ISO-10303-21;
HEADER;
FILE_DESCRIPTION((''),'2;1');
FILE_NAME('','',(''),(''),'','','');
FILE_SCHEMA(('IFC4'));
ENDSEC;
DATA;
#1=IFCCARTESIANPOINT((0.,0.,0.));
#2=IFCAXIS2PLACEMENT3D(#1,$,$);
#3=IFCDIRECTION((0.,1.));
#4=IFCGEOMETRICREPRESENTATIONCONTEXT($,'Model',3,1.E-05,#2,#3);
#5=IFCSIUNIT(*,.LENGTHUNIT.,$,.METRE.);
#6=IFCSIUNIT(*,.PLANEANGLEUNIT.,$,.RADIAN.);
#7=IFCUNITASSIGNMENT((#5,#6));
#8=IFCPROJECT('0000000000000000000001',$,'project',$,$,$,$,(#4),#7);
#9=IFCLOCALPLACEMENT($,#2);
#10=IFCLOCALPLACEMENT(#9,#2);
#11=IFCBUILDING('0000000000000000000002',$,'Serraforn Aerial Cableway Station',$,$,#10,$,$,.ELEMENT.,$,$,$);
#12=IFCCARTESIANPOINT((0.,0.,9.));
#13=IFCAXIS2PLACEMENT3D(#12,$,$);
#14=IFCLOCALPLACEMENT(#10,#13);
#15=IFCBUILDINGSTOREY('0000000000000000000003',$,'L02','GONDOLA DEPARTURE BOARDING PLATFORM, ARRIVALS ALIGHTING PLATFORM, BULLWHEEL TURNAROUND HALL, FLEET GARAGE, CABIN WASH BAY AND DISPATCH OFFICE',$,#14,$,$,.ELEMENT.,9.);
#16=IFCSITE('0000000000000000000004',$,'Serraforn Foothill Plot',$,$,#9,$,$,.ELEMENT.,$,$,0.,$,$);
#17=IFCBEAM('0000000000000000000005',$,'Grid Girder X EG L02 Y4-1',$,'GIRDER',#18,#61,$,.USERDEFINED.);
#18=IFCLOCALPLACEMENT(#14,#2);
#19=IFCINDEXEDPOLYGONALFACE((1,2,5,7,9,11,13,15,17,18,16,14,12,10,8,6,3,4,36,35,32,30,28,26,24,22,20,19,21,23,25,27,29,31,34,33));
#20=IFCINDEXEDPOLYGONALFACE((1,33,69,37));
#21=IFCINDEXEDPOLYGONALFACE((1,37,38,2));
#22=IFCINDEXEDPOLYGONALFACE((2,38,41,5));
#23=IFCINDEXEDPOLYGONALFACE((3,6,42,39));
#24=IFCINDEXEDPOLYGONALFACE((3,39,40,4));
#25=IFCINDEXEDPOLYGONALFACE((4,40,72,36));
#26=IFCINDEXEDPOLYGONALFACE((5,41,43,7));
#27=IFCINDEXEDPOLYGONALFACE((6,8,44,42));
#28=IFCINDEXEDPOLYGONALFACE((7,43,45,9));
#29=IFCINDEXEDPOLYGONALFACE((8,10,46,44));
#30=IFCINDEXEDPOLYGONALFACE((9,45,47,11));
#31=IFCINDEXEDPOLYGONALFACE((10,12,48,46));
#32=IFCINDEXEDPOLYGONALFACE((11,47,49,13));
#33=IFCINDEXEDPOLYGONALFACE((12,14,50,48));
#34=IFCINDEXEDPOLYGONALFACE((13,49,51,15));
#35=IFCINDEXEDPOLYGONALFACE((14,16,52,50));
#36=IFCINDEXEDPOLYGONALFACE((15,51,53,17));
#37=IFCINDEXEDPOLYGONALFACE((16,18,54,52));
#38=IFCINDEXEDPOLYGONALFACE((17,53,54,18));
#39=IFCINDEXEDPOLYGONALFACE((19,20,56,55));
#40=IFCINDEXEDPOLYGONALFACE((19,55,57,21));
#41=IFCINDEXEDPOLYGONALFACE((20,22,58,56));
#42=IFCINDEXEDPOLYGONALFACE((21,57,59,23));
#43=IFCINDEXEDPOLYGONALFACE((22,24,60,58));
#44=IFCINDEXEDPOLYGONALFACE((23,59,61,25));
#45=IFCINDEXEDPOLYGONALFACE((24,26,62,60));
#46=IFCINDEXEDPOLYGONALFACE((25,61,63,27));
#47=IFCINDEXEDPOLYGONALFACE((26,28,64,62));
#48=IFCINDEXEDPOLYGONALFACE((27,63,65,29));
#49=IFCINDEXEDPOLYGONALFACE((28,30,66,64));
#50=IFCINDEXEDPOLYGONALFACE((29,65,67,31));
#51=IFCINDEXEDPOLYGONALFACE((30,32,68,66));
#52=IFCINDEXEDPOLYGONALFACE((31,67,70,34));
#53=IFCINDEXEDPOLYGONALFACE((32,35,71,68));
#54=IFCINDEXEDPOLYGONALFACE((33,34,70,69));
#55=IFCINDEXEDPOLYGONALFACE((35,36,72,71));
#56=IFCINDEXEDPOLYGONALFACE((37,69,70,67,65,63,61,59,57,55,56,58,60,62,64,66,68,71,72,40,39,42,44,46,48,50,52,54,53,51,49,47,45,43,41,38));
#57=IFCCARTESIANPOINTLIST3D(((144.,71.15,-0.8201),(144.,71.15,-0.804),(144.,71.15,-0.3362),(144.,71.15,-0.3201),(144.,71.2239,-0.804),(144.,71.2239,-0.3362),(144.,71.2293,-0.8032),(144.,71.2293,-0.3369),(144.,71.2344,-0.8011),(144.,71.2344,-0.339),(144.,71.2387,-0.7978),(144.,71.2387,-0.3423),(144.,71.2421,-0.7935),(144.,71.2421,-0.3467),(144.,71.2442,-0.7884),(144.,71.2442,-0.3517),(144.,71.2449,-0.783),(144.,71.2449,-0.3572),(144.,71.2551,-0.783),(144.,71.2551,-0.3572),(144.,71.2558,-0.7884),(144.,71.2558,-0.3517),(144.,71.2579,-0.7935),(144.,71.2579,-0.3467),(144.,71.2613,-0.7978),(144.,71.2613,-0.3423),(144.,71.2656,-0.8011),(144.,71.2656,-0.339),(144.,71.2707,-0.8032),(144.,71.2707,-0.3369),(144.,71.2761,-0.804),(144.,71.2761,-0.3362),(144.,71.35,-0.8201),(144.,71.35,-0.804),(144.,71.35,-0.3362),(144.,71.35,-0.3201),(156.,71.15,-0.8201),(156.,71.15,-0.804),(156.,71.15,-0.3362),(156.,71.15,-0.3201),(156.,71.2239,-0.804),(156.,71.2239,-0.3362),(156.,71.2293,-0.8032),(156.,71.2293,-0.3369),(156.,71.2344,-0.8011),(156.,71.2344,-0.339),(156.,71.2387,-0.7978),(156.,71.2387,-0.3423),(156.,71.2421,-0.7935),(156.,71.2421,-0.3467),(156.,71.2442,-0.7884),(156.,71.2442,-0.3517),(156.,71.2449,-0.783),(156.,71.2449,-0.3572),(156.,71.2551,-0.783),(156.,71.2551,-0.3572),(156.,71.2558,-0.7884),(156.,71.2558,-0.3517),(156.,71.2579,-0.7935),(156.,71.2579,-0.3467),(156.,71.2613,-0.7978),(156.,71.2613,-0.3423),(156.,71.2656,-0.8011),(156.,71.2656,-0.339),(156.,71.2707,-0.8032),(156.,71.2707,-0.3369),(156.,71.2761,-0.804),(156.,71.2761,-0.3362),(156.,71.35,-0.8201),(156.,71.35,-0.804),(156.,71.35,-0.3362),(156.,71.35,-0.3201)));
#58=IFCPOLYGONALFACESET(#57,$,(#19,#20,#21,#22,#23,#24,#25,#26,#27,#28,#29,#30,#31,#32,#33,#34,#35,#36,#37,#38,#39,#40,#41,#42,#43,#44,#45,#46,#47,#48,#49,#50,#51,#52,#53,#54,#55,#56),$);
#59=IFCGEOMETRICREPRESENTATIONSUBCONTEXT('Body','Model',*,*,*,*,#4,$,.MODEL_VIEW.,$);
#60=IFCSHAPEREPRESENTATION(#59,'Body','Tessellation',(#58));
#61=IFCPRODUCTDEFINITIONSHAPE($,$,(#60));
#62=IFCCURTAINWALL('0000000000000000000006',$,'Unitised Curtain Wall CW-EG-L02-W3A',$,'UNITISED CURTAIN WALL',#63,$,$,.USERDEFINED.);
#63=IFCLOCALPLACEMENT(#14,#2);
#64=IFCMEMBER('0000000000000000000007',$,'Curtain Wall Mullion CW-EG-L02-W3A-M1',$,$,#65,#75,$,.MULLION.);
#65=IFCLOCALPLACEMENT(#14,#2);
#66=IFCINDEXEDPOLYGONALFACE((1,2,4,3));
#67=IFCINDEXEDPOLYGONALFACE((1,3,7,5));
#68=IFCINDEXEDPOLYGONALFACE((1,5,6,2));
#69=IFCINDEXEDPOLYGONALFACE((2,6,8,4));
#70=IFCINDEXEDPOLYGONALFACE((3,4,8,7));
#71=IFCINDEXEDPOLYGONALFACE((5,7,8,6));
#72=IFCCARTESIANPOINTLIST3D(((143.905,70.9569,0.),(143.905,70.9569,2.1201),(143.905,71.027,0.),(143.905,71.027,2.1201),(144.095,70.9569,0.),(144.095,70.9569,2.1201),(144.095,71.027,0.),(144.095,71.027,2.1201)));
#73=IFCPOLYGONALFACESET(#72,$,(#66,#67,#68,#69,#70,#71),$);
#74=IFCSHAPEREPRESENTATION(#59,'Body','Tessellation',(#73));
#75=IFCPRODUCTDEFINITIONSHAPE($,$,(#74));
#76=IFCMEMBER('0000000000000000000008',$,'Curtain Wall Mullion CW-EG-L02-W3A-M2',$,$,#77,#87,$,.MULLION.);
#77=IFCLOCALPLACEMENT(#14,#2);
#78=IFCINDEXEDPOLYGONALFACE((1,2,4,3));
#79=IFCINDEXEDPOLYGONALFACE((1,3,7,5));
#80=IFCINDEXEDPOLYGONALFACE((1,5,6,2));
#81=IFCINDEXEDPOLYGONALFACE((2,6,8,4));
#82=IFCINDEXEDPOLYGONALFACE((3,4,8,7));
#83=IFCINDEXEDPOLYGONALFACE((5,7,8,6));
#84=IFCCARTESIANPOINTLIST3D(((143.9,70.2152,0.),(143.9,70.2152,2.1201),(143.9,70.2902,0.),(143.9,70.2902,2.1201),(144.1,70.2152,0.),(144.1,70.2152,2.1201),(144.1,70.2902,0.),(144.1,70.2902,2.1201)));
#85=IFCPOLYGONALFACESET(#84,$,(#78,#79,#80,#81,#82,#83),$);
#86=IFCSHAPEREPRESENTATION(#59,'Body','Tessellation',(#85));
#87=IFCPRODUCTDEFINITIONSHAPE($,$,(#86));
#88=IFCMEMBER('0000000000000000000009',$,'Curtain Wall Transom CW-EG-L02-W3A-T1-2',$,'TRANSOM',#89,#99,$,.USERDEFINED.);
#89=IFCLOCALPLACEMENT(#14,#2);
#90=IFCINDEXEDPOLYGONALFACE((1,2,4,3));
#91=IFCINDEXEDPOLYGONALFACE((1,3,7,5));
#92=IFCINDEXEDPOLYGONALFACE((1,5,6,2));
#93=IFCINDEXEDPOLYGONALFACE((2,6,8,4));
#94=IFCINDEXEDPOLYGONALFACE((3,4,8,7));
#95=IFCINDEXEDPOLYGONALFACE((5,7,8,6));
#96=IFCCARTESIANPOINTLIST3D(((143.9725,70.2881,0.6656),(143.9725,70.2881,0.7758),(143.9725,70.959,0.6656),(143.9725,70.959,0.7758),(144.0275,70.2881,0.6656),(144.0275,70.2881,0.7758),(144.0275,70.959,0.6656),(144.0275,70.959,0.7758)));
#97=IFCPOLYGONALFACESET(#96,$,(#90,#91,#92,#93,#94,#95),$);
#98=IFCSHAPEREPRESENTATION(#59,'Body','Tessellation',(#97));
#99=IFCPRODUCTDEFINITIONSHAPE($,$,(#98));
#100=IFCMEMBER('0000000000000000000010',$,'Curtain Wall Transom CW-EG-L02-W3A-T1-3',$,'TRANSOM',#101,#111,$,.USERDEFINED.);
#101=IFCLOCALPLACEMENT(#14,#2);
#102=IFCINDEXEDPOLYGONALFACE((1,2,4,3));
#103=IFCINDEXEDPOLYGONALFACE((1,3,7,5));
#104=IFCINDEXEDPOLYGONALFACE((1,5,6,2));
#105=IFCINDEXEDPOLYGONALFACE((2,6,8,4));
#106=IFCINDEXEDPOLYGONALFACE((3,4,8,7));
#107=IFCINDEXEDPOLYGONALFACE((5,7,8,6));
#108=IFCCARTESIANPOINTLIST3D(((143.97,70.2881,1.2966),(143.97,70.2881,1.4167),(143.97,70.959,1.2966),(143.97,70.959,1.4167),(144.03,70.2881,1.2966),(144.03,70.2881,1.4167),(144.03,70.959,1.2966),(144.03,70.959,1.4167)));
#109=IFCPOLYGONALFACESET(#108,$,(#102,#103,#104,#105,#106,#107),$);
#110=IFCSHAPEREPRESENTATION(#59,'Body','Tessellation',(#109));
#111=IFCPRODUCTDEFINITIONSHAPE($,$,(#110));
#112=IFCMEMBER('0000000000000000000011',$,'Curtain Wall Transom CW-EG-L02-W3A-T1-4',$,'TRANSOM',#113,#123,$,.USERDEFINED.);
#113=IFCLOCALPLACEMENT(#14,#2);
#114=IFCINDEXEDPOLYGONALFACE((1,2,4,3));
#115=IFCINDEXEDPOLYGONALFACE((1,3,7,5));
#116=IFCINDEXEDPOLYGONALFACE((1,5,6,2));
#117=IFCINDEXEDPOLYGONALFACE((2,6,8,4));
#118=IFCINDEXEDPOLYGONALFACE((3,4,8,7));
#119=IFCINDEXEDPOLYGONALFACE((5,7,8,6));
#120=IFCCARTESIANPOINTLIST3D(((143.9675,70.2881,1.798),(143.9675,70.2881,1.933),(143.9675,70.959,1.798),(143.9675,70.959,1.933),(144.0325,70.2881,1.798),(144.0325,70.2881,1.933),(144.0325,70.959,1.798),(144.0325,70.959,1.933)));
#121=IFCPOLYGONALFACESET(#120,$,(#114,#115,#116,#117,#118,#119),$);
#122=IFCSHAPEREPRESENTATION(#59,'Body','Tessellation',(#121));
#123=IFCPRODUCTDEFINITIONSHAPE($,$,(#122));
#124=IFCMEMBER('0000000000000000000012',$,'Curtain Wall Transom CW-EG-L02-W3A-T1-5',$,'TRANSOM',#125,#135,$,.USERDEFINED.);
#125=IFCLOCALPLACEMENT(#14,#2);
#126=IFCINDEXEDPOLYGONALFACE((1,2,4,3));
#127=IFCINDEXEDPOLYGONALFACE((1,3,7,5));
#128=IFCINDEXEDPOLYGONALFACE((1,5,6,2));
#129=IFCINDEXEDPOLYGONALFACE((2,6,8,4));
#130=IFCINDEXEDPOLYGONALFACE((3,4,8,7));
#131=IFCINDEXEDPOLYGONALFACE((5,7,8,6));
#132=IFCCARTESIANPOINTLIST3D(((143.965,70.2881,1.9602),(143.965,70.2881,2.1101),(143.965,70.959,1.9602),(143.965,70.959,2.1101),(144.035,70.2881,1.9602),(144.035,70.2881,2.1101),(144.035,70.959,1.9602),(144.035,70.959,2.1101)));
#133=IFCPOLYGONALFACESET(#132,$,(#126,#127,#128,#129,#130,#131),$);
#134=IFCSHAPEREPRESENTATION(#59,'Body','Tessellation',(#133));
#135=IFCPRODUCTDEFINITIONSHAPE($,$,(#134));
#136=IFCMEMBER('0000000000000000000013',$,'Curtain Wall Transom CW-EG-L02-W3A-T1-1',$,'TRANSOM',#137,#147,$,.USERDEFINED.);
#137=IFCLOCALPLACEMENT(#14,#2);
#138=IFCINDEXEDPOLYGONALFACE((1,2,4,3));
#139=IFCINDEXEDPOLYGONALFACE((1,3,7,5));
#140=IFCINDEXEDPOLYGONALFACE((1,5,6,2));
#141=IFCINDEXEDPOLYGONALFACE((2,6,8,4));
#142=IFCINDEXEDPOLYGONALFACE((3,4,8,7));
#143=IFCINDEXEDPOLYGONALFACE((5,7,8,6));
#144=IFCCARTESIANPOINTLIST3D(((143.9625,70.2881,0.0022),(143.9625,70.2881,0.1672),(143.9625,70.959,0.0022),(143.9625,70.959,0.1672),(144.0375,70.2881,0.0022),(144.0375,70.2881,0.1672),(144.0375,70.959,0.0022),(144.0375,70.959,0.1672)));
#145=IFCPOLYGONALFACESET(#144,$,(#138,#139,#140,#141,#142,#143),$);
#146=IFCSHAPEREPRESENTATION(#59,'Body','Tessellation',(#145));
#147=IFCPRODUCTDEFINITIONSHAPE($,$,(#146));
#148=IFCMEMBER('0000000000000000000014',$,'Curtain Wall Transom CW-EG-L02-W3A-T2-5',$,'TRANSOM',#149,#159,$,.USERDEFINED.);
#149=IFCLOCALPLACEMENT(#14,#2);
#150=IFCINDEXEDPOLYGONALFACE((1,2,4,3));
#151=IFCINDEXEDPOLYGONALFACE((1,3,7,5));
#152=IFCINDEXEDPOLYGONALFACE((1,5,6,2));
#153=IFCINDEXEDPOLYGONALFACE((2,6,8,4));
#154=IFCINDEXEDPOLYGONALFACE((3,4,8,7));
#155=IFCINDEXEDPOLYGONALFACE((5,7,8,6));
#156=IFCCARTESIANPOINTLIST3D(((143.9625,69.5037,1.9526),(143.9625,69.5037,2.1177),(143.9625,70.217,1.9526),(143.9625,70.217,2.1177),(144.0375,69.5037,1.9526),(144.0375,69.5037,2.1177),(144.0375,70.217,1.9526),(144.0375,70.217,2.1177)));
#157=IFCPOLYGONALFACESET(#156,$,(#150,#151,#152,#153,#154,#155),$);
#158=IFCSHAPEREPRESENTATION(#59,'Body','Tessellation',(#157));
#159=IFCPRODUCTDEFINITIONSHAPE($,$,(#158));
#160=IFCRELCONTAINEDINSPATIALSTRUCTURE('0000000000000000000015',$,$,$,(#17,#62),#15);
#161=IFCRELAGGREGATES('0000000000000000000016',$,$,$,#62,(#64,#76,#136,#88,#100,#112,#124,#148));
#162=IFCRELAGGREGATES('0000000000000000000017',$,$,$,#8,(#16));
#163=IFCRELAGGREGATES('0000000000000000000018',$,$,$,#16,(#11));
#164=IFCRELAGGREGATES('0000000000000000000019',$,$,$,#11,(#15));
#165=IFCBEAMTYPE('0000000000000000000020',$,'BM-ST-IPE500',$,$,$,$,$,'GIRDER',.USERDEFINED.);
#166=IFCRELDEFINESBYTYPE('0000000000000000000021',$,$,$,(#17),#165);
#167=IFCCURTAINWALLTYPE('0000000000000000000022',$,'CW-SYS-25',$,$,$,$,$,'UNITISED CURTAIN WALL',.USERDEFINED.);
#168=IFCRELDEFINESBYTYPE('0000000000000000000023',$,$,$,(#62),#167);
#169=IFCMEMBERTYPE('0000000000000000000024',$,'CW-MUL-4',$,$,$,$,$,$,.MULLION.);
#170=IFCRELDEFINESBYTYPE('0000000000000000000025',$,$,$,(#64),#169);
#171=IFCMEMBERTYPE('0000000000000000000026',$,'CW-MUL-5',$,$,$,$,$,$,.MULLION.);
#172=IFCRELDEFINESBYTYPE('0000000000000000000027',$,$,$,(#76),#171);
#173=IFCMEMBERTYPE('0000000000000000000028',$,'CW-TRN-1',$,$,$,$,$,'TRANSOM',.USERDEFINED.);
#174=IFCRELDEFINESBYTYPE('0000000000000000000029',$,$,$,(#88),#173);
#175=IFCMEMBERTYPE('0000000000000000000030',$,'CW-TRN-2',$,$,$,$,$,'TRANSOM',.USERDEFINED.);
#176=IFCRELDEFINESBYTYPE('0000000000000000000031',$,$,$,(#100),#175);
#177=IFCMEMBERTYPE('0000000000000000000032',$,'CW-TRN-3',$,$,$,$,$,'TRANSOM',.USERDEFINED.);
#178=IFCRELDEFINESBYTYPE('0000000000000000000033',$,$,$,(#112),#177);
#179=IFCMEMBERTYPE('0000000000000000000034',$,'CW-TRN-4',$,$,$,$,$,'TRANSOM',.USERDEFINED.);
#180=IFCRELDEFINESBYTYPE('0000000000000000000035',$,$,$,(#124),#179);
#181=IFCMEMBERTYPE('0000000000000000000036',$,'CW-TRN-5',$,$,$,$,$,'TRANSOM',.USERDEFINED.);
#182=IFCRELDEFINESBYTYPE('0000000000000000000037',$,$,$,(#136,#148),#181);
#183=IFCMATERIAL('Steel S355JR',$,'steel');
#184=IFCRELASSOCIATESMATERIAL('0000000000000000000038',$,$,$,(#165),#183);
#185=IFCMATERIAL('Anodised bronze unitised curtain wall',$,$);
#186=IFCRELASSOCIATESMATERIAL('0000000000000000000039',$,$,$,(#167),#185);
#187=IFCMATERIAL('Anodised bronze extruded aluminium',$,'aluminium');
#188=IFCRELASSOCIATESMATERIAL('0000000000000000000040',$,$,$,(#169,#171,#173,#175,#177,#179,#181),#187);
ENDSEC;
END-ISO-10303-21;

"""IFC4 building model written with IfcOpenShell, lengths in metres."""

from ifc_helpers import new_model, si_unit, direction, frame, origin, origin_2d, place, context, subcontext, project, spatial, rectangle, i_section, extrude, material, material_profile, profile_set, type_object, element, aggregate, save


model = new_model("IFC4")

# Units and contexts
model_context = context("Model", 3, precision=1e-05, world=origin(), true_north=direction((0.0, 1.0)))
body_context = subcontext(model_context, "Body", "Model", "MODEL_VIEW")
ifc_project = project(units=[si_unit("LENGTHUNIT", "METRE"), si_unit("PLANEANGLEUNIT", "RADIAN")], contexts=[model_context])

# Site, building, storey
site_placement = place(None, origin())
site = spatial("IfcSite", under=ifc_project, at=site_placement, Name="Serraforn Foothill Plot", CompositionType="ELEMENT", RefElevation=0.0)
building_placement = place(site_placement, origin())
building = spatial("IfcBuilding", under=site, at=building_placement, Name="Serraforn Aerial Cableway Station", CompositionType="ELEMENT")
storey_placement = place(building_placement, frame((0.0, 0.0, 9.0)))
storey = spatial("IfcBuildingStorey", under=building, at=storey_placement, Name="L02", Description="GONDOLA DEPARTURE BOARDING PLATFORM, ARRIVALS ALIGHTING PLATFORM, BULLWHEEL TURNAROUND HALL, FLEET GARAGE, CABIN WASH BAY AND DISPATCH OFFICE", CompositionType="ELEMENT", Elevation=9.0)

# Beam
ifc_material_1 = material(Name="Steel S355JR", Category="steel")
ifc_material_profile_1 = material_profile(ifc_material_1, i_section(OverallWidth=0.2, OverallDepth=0.5, WebThickness=0.0103, FlangeThickness=0.0161, FilletRadius=0.021, at=origin_2d()), Name="IPE 500")
ifc_profile_set_1 = profile_set([ifc_material_profile_1], Name="Steel S355JR")
beam_type_1 = type_object("IfcBeamType", Name="BM-ST-IPE500", ElementType="GIRDER", PredefinedType="USERDEFINED", material=ifc_profile_set_1)
beam_1_placement = place(storey_placement, frame((144.0, 71.25, -0.5701), z_axis=(1.0, 0.0, 0.0), x_axis=(0.0, 1.0, 0.0)))
element("IfcBeam", 1, at=beam_1_placement, inside=storey, type_object=beam_type_1, Name="Grid Girder X EG L02 Y4-1", ObjectType="GIRDER", PredefinedType="USERDEFINED", context=body_context, shape_type="SweptSolid", body=[
    extrude(i_section(OverallWidth=0.2, OverallDepth=0.5, WebThickness=0.0103, FlangeThickness=0.0161, FilletRadius=0.021, at=origin_2d()), origin(), (0.0, 0.0, 1.0), 12.0),
])

# Curtain wall, members
ifc_material_2 = material(Name="Anodised bronze unitised curtain wall")
curtain_wall_type = type_object("IfcCurtainWallType", Name="CW-SYS-25", ElementType="UNITISED CURTAIN WALL", PredefinedType="USERDEFINED", material=ifc_material_2)
curtain_wall_placement = place(storey_placement, origin())
curtain_wall = element("IfcCurtainWall", 2, at=curtain_wall_placement, inside=storey, type_object=curtain_wall_type, Name="Unitised Curtain Wall CW-EG-L02-W3A", ObjectType="UNITISED CURTAIN WALL", PredefinedType="USERDEFINED")
ifc_material_3 = material(Name="Anodised bronze extruded aluminium", Category="aluminium")
ifc_material_profile_2 = material_profile(ifc_material_3, rectangle(XDim=0.0701, YDim=0.1899, at=origin_2d()), Name="CW MULLION 70x190")
ifc_profile_set_2 = profile_set([ifc_material_profile_2], Name="Anodised bronze extruded aluminium")
member_type_1 = type_object("IfcMemberType", Name="CW-MUL-4", PredefinedType="MULLION", material=ifc_profile_set_2)
member_1_placement = place(storey_placement, frame((144.0, 70.9919, 0.0), z_axis=(0.0, 0.0, 1.0), x_axis=(0.0, -1.0, 0.0)))
member_1 = element("IfcMember", 3, at=member_1_placement, type_object=member_type_1, Name="Curtain Wall Mullion CW-EG-L02-W3A-M1", PredefinedType="MULLION", context=body_context, shape_type="SweptSolid", body=[
    extrude(rectangle(XDim=0.0701, YDim=0.1899, at=origin_2d()), origin(), (0.0, 0.0, 1.0), 2.1201),
])
ifc_material_profile_3 = material_profile(ifc_material_3, rectangle(XDim=0.075, YDim=0.2, at=origin_2d()), Name="CW MULLION 75x200")
ifc_profile_set_3 = profile_set([ifc_material_profile_3], Name="Anodised bronze extruded aluminium")
member_type_2 = type_object("IfcMemberType", Name="CW-MUL-5", PredefinedType="MULLION", material=ifc_profile_set_3)
member_2_placement = place(storey_placement, frame((144.0, 70.2527, 0.0), z_axis=(0.0, 0.0, 1.0), x_axis=(0.0, -1.0, 0.0)))
member_2 = element("IfcMember", 4, at=member_2_placement, type_object=member_type_2, Name="Curtain Wall Mullion CW-EG-L02-W3A-M2", PredefinedType="MULLION", context=body_context, shape_type="SweptSolid", body=[
    extrude(rectangle(XDim=0.075, YDim=0.2, at=origin_2d()), origin(), (0.0, 0.0, 1.0), 2.1201),
])
ifc_material_profile_4 = material_profile(ifc_material_3, rectangle(XDim=0.0549, YDim=0.1101, at=origin_2d()), Name="CW TRANSOM 55x110")
ifc_profile_set_4 = profile_set([ifc_material_profile_4], Name="Anodised bronze extruded aluminium")
member_type_3 = type_object("IfcMemberType", Name="CW-TRN-1", ElementType="TRANSOM", PredefinedType="USERDEFINED", material=ifc_profile_set_4)
member_3_placement = place(storey_placement, frame((144.0, 70.959, 0.7207), z_axis=(0.0, -1.0, 0.0), x_axis=(1.0, 0.0, 0.0)))
member_3 = element("IfcMember", 5, at=member_3_placement, type_object=member_type_3, Name="Curtain Wall Transom CW-EG-L02-W3A-T1-2", ObjectType="TRANSOM", PredefinedType="USERDEFINED", context=body_context, shape_type="SweptSolid", body=[
    extrude(rectangle(XDim=0.0549, YDim=0.1101, at=origin_2d()), origin(), (0.0, 0.0, 1.0), 0.6709),
])
ifc_material_profile_5 = material_profile(ifc_material_3, rectangle(XDim=0.0601, YDim=0.1201, at=origin_2d()), Name="CW TRANSOM 60x120")
ifc_profile_set_5 = profile_set([ifc_material_profile_5], Name="Anodised bronze extruded aluminium")
member_type_4 = type_object("IfcMemberType", Name="CW-TRN-2", ElementType="TRANSOM", PredefinedType="USERDEFINED", material=ifc_profile_set_5)
member_4_placement = place(storey_placement, frame((144.0, 70.959, 1.3567), z_axis=(0.0, -1.0, 0.0), x_axis=(1.0, 0.0, 0.0)))
member_4 = element("IfcMember", 6, at=member_4_placement, type_object=member_type_4, Name="Curtain Wall Transom CW-EG-L02-W3A-T1-3", ObjectType="TRANSOM", PredefinedType="USERDEFINED", context=body_context, shape_type="SweptSolid", body=[
    extrude(rectangle(XDim=0.0601, YDim=0.1201, at=origin_2d()), origin(), (0.0, 0.0, 1.0), 0.6709),
])
ifc_material_profile_6 = material_profile(ifc_material_3, rectangle(XDim=0.0649, YDim=0.135, at=origin_2d()), Name="CW TRANSOM 65x135")
ifc_profile_set_6 = profile_set([ifc_material_profile_6], Name="Anodised bronze extruded aluminium")
member_type_5 = type_object("IfcMemberType", Name="CW-TRN-3", ElementType="TRANSOM", PredefinedType="USERDEFINED", material=ifc_profile_set_6)
member_5_placement = place(storey_placement, frame((144.0, 70.959, 1.8655), z_axis=(0.0, -1.0, 0.0), x_axis=(1.0, 0.0, 0.0)))
member_5 = element("IfcMember", 7, at=member_5_placement, type_object=member_type_5, Name="Curtain Wall Transom CW-EG-L02-W3A-T1-4", ObjectType="TRANSOM", PredefinedType="USERDEFINED", context=body_context, shape_type="SweptSolid", body=[
    extrude(rectangle(XDim=0.0649, YDim=0.135, at=origin_2d()), origin(), (0.0, 0.0, 1.0), 0.6709),
])
ifc_material_profile_7 = material_profile(ifc_material_3, rectangle(XDim=0.0701, YDim=0.1499, at=origin_2d()), Name="CW TRANSOM 70x150")
ifc_profile_set_7 = profile_set([ifc_material_profile_7], Name="Anodised bronze extruded aluminium")
member_type_6 = type_object("IfcMemberType", Name="CW-TRN-4", ElementType="TRANSOM", PredefinedType="USERDEFINED", material=ifc_profile_set_7)
member_6_placement = place(storey_placement, frame((144.0, 70.959, 2.0352), z_axis=(0.0, -1.0, 0.0), x_axis=(1.0, 0.0, 0.0)))
member_6 = element("IfcMember", 8, at=member_6_placement, type_object=member_type_6, Name="Curtain Wall Transom CW-EG-L02-W3A-T1-5", ObjectType="TRANSOM", PredefinedType="USERDEFINED", context=body_context, shape_type="SweptSolid", body=[
    extrude(rectangle(XDim=0.0701, YDim=0.1499, at=origin_2d()), origin(), (0.0, 0.0, 1.0), 0.6709),
])
ifc_material_profile_8 = material_profile(ifc_material_3, rectangle(XDim=0.075, YDim=0.165, at=origin_2d()), Name="CW TRANSOM 75x165")
ifc_profile_set_8 = profile_set([ifc_material_profile_8], Name="Anodised bronze extruded aluminium")
member_type_7 = type_object("IfcMemberType", Name="CW-TRN-5", ElementType="TRANSOM", PredefinedType="USERDEFINED", material=ifc_profile_set_8)
member_7_placement = place(storey_placement, frame((144.0, 70.959, 0.0847), z_axis=(0.0, -1.0, 0.0), x_axis=(1.0, 0.0, 0.0)))
member_7 = element("IfcMember", 9, at=member_7_placement, type_object=member_type_7, Name="Curtain Wall Transom CW-EG-L02-W3A-T1-1", ObjectType="TRANSOM", PredefinedType="USERDEFINED", context=body_context, shape_type="SweptSolid", body=[
    extrude(rectangle(XDim=0.075, YDim=0.165, at=origin_2d()), origin(), (0.0, 0.0, 1.0), 0.6709),
])
member_8_placement = place(storey_placement, frame((144.0, 70.217, 2.0352), z_axis=(0.0, -1.0, 0.0), x_axis=(1.0, 0.0, 0.0)))
member_8 = element("IfcMember", 10, at=member_8_placement, type_object=member_type_7, Name="Curtain Wall Transom CW-EG-L02-W3A-T2-5", ObjectType="TRANSOM", PredefinedType="USERDEFINED", context=body_context, shape_type="SweptSolid", body=[
    extrude(rectangle(XDim=0.075, YDim=0.165, at=origin_2d()), origin(), (0.0, 0.0, 1.0), 0.7134),
])

aggregate(curtain_wall, [member_1, member_2, member_7, member_3, member_4, member_5, member_6, member_8])

save(model, "model.ifc")
